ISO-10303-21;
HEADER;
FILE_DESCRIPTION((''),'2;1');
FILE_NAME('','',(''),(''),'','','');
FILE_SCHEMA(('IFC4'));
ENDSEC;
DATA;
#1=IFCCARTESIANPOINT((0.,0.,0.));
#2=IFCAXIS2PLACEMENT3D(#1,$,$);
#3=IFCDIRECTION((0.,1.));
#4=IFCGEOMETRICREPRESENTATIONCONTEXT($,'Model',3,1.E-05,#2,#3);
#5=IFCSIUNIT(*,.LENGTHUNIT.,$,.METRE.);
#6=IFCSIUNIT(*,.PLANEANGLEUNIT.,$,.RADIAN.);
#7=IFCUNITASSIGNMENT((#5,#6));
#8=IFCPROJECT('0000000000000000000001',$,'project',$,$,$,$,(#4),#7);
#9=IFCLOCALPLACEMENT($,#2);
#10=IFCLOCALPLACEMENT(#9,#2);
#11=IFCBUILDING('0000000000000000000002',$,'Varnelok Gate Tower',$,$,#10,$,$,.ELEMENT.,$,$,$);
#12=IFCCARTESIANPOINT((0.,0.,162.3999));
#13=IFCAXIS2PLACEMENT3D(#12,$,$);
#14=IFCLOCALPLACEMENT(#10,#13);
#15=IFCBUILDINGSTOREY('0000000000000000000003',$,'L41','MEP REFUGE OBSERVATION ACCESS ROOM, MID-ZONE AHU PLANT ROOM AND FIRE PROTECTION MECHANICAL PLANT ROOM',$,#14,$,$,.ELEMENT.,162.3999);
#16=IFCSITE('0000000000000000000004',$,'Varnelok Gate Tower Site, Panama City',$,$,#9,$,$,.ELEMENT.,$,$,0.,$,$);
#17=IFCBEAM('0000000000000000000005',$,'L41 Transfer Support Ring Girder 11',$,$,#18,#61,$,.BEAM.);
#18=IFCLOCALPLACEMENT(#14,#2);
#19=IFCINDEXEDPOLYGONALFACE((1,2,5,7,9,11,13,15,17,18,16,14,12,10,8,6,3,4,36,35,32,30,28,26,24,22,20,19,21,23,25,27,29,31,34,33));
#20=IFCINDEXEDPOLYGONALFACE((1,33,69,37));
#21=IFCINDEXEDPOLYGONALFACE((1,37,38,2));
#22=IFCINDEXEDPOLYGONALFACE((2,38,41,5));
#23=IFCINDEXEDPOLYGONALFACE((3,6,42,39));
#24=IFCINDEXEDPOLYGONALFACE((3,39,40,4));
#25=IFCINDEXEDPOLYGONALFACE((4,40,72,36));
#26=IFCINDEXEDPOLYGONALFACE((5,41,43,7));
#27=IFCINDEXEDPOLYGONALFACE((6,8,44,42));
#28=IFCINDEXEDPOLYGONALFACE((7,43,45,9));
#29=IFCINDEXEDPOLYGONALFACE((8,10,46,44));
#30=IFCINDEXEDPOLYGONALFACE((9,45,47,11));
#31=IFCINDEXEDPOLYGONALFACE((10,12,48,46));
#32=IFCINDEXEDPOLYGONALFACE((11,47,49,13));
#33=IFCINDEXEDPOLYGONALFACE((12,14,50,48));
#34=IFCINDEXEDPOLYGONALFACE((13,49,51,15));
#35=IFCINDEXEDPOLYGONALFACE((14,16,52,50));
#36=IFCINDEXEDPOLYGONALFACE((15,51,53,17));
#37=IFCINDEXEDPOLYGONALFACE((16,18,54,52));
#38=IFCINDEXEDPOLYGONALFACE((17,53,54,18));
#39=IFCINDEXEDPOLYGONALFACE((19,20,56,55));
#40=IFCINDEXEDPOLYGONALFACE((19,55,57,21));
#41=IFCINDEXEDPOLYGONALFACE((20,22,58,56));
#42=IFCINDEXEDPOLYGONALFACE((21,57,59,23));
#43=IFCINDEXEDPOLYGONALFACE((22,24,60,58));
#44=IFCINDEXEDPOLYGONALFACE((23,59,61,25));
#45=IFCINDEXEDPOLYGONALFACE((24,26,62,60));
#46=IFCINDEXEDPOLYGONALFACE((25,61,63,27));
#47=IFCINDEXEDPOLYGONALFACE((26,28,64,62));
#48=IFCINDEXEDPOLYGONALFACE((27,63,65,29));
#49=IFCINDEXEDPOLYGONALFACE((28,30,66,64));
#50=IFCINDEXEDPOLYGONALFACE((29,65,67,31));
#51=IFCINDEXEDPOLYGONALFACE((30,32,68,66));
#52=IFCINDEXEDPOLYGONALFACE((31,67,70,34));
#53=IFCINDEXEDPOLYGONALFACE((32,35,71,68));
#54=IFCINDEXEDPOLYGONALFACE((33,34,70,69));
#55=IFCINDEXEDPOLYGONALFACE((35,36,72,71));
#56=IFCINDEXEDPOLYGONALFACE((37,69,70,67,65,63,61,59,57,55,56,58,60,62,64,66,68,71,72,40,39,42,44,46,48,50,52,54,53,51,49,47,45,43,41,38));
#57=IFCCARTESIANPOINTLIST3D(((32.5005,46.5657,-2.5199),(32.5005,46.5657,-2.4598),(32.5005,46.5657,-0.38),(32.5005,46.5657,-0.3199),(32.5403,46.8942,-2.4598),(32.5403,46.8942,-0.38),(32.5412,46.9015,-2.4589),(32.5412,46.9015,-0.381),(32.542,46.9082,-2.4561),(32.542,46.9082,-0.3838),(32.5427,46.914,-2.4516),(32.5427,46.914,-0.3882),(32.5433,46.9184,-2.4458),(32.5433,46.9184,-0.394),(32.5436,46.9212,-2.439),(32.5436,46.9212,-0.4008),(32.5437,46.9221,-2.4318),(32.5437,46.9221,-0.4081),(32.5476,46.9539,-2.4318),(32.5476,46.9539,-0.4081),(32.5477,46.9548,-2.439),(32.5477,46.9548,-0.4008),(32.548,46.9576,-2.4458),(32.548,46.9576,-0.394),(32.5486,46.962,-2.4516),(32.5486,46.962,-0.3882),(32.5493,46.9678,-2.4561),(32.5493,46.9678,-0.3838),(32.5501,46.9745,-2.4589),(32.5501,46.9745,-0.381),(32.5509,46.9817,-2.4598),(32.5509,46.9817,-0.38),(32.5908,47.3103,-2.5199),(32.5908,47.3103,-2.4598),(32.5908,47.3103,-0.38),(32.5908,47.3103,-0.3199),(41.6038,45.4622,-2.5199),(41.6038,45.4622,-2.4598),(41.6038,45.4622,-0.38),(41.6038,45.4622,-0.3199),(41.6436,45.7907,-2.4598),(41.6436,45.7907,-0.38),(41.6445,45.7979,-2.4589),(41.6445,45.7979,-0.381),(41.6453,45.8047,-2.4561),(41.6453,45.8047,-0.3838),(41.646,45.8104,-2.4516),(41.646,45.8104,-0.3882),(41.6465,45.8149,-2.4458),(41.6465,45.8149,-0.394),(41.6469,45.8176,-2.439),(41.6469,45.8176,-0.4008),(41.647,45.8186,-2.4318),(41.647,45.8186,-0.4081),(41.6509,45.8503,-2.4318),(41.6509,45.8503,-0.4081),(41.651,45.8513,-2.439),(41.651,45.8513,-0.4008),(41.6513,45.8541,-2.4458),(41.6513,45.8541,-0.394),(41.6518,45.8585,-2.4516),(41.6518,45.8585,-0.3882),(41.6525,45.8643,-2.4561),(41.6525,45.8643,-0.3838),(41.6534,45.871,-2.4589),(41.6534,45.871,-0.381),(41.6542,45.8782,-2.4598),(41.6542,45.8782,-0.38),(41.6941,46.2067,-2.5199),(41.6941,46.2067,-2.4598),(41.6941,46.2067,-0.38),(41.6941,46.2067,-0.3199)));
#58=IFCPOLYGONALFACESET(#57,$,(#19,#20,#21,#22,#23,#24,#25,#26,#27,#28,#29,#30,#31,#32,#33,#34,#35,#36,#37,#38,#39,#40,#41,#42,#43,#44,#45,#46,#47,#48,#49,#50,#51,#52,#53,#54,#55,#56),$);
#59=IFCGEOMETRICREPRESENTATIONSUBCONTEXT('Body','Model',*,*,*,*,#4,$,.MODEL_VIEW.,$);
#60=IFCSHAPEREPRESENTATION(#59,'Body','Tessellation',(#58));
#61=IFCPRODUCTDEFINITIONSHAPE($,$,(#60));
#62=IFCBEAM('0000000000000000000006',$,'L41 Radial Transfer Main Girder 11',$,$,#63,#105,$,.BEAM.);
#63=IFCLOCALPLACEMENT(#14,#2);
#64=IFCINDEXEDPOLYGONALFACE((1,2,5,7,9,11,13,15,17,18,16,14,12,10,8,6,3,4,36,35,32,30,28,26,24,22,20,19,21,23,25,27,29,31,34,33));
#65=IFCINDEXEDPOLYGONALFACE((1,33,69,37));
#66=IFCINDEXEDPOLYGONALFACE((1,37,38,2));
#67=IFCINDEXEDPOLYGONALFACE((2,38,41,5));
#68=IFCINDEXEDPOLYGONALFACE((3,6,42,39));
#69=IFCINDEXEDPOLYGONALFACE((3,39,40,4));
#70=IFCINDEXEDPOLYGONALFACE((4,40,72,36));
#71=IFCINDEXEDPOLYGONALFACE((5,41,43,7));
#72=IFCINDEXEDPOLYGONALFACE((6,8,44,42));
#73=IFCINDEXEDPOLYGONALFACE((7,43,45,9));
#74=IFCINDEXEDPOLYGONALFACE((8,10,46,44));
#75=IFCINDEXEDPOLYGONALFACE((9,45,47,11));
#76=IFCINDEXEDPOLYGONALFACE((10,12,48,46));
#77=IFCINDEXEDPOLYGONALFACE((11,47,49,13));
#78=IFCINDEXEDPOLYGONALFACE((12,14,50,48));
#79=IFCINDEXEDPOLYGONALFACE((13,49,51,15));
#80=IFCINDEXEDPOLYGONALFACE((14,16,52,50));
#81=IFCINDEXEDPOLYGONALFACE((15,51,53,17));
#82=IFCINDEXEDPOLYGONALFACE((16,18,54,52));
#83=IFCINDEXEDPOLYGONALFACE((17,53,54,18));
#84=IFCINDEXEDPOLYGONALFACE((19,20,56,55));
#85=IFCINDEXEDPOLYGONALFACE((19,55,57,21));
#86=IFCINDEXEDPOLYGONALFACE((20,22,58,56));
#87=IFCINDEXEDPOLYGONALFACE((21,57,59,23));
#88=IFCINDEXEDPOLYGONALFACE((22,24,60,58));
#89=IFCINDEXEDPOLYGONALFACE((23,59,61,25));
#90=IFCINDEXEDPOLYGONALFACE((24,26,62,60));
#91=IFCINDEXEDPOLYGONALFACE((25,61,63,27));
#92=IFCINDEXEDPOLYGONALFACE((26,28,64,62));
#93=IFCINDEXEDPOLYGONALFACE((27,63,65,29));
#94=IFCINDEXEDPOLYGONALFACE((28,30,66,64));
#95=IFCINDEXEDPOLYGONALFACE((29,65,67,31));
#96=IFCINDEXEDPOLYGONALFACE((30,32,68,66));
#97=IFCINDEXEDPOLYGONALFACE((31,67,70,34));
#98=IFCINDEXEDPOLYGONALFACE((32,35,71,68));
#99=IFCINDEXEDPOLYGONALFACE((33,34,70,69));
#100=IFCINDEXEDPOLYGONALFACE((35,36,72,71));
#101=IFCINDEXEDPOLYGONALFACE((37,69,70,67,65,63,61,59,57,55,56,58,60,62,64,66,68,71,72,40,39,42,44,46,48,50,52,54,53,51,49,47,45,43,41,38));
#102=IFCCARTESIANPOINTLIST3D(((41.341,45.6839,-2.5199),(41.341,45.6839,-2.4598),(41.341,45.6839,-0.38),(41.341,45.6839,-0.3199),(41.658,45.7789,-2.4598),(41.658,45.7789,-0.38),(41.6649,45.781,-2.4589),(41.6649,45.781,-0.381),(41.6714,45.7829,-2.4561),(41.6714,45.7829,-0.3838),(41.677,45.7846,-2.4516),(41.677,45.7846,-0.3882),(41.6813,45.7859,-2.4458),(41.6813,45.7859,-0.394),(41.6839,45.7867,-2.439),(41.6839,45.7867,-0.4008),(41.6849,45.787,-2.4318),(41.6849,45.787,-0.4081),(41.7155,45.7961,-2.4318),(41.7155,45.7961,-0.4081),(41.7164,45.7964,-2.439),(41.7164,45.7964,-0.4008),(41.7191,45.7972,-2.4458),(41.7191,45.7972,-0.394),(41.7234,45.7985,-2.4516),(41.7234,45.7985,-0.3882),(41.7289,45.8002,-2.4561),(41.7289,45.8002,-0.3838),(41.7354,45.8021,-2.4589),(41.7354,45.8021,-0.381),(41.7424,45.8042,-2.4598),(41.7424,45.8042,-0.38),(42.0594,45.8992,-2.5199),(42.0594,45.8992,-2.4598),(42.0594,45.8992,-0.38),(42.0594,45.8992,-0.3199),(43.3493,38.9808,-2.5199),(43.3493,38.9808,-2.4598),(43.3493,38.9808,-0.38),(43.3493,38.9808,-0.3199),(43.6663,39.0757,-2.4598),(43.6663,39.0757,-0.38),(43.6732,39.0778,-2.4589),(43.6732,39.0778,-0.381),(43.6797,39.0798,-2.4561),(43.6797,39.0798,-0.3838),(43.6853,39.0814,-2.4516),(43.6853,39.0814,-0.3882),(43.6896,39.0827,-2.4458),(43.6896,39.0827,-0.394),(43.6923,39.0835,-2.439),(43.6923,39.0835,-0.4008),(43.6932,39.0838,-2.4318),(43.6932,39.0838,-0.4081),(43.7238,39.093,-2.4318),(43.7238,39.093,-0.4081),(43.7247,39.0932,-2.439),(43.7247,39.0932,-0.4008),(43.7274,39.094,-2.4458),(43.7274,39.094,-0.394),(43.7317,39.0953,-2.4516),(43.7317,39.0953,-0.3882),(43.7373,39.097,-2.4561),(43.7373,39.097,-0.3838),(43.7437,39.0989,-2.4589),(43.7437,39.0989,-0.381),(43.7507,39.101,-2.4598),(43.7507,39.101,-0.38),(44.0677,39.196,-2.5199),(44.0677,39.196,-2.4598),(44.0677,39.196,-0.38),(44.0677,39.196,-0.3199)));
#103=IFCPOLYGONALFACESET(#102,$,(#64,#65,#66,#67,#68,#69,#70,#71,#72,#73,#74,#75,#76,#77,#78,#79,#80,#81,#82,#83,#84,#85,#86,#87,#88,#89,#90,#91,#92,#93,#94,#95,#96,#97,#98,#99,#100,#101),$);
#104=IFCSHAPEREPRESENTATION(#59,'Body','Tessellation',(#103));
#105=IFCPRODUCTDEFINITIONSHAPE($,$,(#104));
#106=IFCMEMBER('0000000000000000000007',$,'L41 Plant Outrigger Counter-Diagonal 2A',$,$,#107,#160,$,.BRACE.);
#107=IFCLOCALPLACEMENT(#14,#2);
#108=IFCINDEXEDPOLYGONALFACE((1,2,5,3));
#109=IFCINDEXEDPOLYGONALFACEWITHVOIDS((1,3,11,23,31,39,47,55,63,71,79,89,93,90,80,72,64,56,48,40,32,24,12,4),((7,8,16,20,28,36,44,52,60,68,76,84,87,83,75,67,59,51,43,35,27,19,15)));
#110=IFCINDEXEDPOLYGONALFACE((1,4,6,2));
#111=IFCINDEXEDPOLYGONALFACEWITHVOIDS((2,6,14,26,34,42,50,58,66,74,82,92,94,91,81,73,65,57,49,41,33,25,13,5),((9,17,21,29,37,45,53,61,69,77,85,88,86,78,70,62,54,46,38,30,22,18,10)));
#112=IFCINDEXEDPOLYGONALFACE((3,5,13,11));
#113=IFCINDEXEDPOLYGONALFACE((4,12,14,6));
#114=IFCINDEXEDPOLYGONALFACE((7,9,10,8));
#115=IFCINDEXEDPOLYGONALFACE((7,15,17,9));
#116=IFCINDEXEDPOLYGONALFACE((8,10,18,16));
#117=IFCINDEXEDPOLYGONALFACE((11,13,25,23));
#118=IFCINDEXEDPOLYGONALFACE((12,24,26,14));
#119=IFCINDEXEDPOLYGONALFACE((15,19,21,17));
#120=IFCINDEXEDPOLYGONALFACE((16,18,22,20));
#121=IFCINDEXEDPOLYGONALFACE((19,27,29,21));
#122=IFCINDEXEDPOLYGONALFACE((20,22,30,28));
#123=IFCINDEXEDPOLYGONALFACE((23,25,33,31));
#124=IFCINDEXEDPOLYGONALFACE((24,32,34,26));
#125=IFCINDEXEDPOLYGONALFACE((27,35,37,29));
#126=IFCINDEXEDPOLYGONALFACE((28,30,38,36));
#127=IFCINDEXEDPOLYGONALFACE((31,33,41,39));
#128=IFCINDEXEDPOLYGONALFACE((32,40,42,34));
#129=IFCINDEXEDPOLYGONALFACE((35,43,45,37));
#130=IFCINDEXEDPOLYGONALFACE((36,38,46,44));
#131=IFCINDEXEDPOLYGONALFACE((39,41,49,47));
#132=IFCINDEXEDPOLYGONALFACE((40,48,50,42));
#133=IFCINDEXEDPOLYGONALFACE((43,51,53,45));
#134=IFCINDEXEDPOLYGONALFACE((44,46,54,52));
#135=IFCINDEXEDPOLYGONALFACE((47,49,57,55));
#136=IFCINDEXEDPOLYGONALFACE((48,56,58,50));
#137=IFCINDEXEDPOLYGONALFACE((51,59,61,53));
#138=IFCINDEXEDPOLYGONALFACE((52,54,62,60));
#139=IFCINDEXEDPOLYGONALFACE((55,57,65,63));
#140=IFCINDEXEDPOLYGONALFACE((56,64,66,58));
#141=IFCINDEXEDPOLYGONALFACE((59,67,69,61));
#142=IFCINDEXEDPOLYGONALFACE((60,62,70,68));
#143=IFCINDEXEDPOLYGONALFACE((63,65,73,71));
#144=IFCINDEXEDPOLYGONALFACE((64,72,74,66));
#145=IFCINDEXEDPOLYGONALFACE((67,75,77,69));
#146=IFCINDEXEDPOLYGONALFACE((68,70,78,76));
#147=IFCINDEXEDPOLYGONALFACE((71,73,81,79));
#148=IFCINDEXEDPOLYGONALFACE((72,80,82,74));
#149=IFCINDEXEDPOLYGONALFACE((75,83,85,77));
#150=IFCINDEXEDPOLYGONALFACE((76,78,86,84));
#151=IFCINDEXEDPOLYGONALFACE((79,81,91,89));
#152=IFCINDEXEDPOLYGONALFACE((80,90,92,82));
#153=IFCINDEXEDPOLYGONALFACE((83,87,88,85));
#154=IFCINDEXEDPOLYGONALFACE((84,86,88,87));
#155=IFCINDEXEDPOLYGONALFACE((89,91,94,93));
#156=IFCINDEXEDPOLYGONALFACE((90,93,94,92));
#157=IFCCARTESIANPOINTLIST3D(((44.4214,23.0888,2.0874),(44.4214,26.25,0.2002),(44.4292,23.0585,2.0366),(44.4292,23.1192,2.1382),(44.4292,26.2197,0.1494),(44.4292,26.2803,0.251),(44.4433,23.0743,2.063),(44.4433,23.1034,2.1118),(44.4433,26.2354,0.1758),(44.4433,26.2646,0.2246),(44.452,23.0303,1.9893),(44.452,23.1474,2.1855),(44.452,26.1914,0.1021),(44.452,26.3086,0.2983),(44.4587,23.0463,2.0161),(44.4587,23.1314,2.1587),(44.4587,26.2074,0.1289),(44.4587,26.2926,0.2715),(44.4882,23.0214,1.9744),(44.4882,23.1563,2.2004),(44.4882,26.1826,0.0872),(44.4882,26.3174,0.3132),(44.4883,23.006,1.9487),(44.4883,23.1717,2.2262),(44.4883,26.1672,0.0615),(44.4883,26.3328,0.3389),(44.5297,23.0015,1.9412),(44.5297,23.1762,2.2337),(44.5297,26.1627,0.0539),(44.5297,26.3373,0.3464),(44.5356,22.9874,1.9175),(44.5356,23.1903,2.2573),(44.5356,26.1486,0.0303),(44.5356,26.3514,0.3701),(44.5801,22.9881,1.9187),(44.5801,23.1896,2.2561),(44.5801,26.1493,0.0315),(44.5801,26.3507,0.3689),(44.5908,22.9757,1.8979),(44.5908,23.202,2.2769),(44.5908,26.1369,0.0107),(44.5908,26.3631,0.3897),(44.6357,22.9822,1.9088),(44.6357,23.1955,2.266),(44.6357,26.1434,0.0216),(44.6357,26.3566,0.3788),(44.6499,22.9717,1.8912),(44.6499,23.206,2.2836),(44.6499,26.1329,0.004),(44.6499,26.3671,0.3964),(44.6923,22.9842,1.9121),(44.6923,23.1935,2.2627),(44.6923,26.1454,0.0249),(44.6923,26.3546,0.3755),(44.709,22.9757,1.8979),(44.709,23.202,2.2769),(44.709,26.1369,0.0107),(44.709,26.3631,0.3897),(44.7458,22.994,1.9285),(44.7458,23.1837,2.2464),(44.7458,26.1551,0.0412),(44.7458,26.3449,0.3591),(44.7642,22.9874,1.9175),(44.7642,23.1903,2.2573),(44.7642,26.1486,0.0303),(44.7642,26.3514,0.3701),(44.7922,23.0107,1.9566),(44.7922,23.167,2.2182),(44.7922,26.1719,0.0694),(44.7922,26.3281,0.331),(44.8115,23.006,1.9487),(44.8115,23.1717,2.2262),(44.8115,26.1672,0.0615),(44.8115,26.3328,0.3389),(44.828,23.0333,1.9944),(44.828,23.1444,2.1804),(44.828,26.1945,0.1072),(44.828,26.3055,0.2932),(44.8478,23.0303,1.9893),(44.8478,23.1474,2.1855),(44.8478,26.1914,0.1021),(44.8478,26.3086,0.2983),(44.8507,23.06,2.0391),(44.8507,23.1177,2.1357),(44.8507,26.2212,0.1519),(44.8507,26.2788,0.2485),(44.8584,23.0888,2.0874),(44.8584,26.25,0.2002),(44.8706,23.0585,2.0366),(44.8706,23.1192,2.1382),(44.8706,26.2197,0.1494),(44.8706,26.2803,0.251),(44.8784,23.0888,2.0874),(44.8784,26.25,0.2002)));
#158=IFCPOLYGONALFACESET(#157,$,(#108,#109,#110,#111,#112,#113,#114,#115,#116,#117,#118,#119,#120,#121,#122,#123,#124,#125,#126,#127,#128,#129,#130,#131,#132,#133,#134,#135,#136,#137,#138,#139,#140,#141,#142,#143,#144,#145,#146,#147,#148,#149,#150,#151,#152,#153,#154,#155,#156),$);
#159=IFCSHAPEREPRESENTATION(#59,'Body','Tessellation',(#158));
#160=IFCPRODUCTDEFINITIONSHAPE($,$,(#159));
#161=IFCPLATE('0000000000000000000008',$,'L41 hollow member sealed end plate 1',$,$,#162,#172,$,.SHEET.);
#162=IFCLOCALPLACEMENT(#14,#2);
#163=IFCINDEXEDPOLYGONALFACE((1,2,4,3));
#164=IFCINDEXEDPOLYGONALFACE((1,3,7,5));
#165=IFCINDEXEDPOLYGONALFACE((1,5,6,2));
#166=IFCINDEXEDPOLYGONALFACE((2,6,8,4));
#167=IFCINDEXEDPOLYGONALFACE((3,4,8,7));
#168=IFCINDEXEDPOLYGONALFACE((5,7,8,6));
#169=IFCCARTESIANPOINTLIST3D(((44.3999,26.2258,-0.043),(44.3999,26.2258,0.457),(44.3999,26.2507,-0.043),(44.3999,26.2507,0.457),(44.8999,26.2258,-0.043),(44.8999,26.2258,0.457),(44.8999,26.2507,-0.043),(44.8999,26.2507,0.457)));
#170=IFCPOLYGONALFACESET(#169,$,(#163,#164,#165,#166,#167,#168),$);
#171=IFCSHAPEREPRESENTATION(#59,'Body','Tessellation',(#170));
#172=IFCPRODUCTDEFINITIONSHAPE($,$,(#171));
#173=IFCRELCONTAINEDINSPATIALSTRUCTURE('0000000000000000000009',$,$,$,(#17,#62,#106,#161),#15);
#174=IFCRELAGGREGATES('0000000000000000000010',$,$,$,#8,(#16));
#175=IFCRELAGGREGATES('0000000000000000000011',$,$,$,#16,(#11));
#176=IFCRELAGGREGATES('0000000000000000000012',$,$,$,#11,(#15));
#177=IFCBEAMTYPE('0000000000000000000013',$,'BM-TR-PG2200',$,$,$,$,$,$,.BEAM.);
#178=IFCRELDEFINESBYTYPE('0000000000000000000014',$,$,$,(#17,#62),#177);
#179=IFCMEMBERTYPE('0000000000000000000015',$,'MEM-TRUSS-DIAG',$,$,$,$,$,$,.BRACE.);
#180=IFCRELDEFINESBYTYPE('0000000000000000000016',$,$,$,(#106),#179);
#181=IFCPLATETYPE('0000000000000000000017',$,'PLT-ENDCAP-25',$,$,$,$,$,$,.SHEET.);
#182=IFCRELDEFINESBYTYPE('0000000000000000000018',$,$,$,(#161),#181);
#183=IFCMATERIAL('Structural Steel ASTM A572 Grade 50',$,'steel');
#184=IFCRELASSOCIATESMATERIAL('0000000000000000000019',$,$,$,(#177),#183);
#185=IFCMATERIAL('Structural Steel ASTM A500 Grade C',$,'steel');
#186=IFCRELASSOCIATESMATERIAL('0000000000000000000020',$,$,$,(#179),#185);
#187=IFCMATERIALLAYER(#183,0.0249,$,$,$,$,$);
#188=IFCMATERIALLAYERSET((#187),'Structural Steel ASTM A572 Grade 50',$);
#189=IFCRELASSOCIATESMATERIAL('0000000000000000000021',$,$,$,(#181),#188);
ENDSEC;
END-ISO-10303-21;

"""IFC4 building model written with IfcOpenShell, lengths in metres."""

from ifc_helpers import new_model, si_unit, direction, frame, origin, origin_2d, place, context, subcontext, project, spatial, rectangle, hollow_circle, i_section, extrude, source, transform, mapped, material, layer, layer_set, material_profile, profile_set, type_object, element, save


model = new_model("IFC4")

# Units and contexts
model_context = context("Model", 3, precision=1e-05, world=origin(), true_north=direction((0.0, 1.0)))
body_context = subcontext(model_context, "Body", "Model", "MODEL_VIEW")
ifc_project = project(units=[si_unit("LENGTHUNIT", "METRE"), si_unit("PLANEANGLEUNIT", "RADIAN")], contexts=[model_context])

# Site, building, storey
site_placement = place(None, origin())
site = spatial("IfcSite", under=ifc_project, at=site_placement, Name="Varnelok Gate Tower Site, Panama City", CompositionType="ELEMENT", RefElevation=0.0)
building_placement = place(site_placement, origin())
building = spatial("IfcBuilding", under=site, at=building_placement, Name="Varnelok Gate Tower", CompositionType="ELEMENT")
storey_placement = place(building_placement, frame((0.0, 0.0, 162.3999)))
storey = spatial("IfcBuildingStorey", under=building, at=storey_placement, Name="L41", Description="MEP REFUGE OBSERVATION ACCESS ROOM, MID-ZONE AHU PLANT ROOM AND FIRE PROTECTION MECHANICAL PLANT ROOM", CompositionType="ELEMENT", Elevation=162.3999)

# Beams
ifc_material_1 = material(Name="Structural Steel ASTM A572 Grade 50", Category="steel")
ifc_material_profile_1 = material_profile(ifc_material_1, i_section(OverallWidth=0.75, OverallDepth=2.2, WebThickness=0.032, FlangeThickness=0.0601, FilletRadius=0.0281, at=origin_2d()), Name="PG2200X750")
ifc_profile_set_1 = profile_set([ifc_material_profile_1], Name="Structural Steel ASTM A572 Grade 50")
beam_type_1 = type_object("IfcBeamType", Name="BM-TR-PG2200", PredefinedType="BEAM", material=ifc_profile_set_1)
beam_1_placement = place(storey_placement, frame((41.6489, 45.8345, -1.4199), z_axis=(-0.992733, 0.120341, 0.0), x_axis=(-0.120341, -0.992733, 0.0)))
element("IfcBeam", 1, at=beam_1_placement, inside=storey, type_object=beam_type_1, Name="L41 Transfer Support Ring Girder 11", PredefinedType="BEAM", context=body_context, shape_type="SweptSolid", body=[
    extrude(i_section(OverallWidth=0.75, OverallDepth=2.2, WebThickness=0.032, FlangeThickness=0.0601, FilletRadius=0.0281, at=origin_2d()), origin(), (0.0, 0.0, 1.0), 9.1699),
])
beam_2_placement = place(storey_placement, frame((43.7085, 39.0884, -1.4199), z_axis=(-0.287002, 0.95793, 0.0), x_axis=(-0.95793, -0.287002, 0.0)))
element("IfcBeam", 2, at=beam_2_placement, inside=storey, type_object=beam_type_1, Name="L41 Radial Transfer Main Girder 11", PredefinedType="BEAM", context=body_context, shape_type="SweptSolid", body=[
    extrude(i_section(OverallWidth=0.75, OverallDepth=2.2, WebThickness=0.032, FlangeThickness=0.0601, FilletRadius=0.0281, at=origin_2d()), origin(), (0.0, 0.0, 1.0), 6.9976),
])

# Member
ifc_material_2 = material(Name="Structural Steel ASTM A500 Grade C", Category="steel")
ifc_material_profile_2 = material_profile(ifc_material_2, hollow_circle(Radius=0.2285, WallThickness=0.02, at=origin_2d()), Name="CHS457X20")
ifc_profile_set_2 = profile_set([ifc_material_profile_2], Name="Structural Steel ASTM A500 Grade C")
member_type = type_object("IfcMemberType", Name="MEM-TRUSS-DIAG", PredefinedType="BRACE", material=ifc_profile_set_2)
member_placement = place(storey_placement, frame((44.6499, 26.25, 0.2002), z_axis=(0.0, -0.858626, 0.512603), x_axis=(1.0, 0.0, 0.0)))
element("IfcMember", 3, at=member_placement, inside=storey, type_object=member_type, Name="L41 Plant Outrigger Counter-Diagonal 2A", PredefinedType="BRACE", context=body_context, shape_type="SweptSolid", body=[
    extrude(hollow_circle(Radius=0.2285, WallThickness=0.02, at=origin_2d()), origin(), (0.0, 0.0, 1.0), 3.6816),
])

# Plate
ifc_layer_1 = layer(ifc_material_1, 0.0249)
ifc_layer_set_1 = layer_set([ifc_layer_1], Name="Structural Steel ASTM A572 Grade 50")
plate_type = type_object("IfcPlateType", Name="PLT-ENDCAP-25", PredefinedType="SHEET", material=ifc_layer_set_1)
shared_shape_1 = source(origin(), body_context, "Body", "SweptSolid", [
    extrude(rectangle(XDim=0.0249, YDim=0.5, at=origin_2d()), origin(), (0.0, 0.0, 1.0), 0.5),
])
plate_placement = place(storey_placement, frame((44.6499, 26.2383, -0.043), z_axis=(0.0, 0.0, 1.0), x_axis=(0.0, -1.0, 0.0)))
element("IfcPlate", 4, at=plate_placement, inside=storey, type_object=plate_type, Name="L41 hollow member sealed end plate 1", PredefinedType="SHEET", context=body_context, shape_type="MappedRepresentation", body=[
    mapped(shared_shape_1, transform((0.0, 0.0, 0.0), scale=1.0)),
])

save(model, "model.ifc")
